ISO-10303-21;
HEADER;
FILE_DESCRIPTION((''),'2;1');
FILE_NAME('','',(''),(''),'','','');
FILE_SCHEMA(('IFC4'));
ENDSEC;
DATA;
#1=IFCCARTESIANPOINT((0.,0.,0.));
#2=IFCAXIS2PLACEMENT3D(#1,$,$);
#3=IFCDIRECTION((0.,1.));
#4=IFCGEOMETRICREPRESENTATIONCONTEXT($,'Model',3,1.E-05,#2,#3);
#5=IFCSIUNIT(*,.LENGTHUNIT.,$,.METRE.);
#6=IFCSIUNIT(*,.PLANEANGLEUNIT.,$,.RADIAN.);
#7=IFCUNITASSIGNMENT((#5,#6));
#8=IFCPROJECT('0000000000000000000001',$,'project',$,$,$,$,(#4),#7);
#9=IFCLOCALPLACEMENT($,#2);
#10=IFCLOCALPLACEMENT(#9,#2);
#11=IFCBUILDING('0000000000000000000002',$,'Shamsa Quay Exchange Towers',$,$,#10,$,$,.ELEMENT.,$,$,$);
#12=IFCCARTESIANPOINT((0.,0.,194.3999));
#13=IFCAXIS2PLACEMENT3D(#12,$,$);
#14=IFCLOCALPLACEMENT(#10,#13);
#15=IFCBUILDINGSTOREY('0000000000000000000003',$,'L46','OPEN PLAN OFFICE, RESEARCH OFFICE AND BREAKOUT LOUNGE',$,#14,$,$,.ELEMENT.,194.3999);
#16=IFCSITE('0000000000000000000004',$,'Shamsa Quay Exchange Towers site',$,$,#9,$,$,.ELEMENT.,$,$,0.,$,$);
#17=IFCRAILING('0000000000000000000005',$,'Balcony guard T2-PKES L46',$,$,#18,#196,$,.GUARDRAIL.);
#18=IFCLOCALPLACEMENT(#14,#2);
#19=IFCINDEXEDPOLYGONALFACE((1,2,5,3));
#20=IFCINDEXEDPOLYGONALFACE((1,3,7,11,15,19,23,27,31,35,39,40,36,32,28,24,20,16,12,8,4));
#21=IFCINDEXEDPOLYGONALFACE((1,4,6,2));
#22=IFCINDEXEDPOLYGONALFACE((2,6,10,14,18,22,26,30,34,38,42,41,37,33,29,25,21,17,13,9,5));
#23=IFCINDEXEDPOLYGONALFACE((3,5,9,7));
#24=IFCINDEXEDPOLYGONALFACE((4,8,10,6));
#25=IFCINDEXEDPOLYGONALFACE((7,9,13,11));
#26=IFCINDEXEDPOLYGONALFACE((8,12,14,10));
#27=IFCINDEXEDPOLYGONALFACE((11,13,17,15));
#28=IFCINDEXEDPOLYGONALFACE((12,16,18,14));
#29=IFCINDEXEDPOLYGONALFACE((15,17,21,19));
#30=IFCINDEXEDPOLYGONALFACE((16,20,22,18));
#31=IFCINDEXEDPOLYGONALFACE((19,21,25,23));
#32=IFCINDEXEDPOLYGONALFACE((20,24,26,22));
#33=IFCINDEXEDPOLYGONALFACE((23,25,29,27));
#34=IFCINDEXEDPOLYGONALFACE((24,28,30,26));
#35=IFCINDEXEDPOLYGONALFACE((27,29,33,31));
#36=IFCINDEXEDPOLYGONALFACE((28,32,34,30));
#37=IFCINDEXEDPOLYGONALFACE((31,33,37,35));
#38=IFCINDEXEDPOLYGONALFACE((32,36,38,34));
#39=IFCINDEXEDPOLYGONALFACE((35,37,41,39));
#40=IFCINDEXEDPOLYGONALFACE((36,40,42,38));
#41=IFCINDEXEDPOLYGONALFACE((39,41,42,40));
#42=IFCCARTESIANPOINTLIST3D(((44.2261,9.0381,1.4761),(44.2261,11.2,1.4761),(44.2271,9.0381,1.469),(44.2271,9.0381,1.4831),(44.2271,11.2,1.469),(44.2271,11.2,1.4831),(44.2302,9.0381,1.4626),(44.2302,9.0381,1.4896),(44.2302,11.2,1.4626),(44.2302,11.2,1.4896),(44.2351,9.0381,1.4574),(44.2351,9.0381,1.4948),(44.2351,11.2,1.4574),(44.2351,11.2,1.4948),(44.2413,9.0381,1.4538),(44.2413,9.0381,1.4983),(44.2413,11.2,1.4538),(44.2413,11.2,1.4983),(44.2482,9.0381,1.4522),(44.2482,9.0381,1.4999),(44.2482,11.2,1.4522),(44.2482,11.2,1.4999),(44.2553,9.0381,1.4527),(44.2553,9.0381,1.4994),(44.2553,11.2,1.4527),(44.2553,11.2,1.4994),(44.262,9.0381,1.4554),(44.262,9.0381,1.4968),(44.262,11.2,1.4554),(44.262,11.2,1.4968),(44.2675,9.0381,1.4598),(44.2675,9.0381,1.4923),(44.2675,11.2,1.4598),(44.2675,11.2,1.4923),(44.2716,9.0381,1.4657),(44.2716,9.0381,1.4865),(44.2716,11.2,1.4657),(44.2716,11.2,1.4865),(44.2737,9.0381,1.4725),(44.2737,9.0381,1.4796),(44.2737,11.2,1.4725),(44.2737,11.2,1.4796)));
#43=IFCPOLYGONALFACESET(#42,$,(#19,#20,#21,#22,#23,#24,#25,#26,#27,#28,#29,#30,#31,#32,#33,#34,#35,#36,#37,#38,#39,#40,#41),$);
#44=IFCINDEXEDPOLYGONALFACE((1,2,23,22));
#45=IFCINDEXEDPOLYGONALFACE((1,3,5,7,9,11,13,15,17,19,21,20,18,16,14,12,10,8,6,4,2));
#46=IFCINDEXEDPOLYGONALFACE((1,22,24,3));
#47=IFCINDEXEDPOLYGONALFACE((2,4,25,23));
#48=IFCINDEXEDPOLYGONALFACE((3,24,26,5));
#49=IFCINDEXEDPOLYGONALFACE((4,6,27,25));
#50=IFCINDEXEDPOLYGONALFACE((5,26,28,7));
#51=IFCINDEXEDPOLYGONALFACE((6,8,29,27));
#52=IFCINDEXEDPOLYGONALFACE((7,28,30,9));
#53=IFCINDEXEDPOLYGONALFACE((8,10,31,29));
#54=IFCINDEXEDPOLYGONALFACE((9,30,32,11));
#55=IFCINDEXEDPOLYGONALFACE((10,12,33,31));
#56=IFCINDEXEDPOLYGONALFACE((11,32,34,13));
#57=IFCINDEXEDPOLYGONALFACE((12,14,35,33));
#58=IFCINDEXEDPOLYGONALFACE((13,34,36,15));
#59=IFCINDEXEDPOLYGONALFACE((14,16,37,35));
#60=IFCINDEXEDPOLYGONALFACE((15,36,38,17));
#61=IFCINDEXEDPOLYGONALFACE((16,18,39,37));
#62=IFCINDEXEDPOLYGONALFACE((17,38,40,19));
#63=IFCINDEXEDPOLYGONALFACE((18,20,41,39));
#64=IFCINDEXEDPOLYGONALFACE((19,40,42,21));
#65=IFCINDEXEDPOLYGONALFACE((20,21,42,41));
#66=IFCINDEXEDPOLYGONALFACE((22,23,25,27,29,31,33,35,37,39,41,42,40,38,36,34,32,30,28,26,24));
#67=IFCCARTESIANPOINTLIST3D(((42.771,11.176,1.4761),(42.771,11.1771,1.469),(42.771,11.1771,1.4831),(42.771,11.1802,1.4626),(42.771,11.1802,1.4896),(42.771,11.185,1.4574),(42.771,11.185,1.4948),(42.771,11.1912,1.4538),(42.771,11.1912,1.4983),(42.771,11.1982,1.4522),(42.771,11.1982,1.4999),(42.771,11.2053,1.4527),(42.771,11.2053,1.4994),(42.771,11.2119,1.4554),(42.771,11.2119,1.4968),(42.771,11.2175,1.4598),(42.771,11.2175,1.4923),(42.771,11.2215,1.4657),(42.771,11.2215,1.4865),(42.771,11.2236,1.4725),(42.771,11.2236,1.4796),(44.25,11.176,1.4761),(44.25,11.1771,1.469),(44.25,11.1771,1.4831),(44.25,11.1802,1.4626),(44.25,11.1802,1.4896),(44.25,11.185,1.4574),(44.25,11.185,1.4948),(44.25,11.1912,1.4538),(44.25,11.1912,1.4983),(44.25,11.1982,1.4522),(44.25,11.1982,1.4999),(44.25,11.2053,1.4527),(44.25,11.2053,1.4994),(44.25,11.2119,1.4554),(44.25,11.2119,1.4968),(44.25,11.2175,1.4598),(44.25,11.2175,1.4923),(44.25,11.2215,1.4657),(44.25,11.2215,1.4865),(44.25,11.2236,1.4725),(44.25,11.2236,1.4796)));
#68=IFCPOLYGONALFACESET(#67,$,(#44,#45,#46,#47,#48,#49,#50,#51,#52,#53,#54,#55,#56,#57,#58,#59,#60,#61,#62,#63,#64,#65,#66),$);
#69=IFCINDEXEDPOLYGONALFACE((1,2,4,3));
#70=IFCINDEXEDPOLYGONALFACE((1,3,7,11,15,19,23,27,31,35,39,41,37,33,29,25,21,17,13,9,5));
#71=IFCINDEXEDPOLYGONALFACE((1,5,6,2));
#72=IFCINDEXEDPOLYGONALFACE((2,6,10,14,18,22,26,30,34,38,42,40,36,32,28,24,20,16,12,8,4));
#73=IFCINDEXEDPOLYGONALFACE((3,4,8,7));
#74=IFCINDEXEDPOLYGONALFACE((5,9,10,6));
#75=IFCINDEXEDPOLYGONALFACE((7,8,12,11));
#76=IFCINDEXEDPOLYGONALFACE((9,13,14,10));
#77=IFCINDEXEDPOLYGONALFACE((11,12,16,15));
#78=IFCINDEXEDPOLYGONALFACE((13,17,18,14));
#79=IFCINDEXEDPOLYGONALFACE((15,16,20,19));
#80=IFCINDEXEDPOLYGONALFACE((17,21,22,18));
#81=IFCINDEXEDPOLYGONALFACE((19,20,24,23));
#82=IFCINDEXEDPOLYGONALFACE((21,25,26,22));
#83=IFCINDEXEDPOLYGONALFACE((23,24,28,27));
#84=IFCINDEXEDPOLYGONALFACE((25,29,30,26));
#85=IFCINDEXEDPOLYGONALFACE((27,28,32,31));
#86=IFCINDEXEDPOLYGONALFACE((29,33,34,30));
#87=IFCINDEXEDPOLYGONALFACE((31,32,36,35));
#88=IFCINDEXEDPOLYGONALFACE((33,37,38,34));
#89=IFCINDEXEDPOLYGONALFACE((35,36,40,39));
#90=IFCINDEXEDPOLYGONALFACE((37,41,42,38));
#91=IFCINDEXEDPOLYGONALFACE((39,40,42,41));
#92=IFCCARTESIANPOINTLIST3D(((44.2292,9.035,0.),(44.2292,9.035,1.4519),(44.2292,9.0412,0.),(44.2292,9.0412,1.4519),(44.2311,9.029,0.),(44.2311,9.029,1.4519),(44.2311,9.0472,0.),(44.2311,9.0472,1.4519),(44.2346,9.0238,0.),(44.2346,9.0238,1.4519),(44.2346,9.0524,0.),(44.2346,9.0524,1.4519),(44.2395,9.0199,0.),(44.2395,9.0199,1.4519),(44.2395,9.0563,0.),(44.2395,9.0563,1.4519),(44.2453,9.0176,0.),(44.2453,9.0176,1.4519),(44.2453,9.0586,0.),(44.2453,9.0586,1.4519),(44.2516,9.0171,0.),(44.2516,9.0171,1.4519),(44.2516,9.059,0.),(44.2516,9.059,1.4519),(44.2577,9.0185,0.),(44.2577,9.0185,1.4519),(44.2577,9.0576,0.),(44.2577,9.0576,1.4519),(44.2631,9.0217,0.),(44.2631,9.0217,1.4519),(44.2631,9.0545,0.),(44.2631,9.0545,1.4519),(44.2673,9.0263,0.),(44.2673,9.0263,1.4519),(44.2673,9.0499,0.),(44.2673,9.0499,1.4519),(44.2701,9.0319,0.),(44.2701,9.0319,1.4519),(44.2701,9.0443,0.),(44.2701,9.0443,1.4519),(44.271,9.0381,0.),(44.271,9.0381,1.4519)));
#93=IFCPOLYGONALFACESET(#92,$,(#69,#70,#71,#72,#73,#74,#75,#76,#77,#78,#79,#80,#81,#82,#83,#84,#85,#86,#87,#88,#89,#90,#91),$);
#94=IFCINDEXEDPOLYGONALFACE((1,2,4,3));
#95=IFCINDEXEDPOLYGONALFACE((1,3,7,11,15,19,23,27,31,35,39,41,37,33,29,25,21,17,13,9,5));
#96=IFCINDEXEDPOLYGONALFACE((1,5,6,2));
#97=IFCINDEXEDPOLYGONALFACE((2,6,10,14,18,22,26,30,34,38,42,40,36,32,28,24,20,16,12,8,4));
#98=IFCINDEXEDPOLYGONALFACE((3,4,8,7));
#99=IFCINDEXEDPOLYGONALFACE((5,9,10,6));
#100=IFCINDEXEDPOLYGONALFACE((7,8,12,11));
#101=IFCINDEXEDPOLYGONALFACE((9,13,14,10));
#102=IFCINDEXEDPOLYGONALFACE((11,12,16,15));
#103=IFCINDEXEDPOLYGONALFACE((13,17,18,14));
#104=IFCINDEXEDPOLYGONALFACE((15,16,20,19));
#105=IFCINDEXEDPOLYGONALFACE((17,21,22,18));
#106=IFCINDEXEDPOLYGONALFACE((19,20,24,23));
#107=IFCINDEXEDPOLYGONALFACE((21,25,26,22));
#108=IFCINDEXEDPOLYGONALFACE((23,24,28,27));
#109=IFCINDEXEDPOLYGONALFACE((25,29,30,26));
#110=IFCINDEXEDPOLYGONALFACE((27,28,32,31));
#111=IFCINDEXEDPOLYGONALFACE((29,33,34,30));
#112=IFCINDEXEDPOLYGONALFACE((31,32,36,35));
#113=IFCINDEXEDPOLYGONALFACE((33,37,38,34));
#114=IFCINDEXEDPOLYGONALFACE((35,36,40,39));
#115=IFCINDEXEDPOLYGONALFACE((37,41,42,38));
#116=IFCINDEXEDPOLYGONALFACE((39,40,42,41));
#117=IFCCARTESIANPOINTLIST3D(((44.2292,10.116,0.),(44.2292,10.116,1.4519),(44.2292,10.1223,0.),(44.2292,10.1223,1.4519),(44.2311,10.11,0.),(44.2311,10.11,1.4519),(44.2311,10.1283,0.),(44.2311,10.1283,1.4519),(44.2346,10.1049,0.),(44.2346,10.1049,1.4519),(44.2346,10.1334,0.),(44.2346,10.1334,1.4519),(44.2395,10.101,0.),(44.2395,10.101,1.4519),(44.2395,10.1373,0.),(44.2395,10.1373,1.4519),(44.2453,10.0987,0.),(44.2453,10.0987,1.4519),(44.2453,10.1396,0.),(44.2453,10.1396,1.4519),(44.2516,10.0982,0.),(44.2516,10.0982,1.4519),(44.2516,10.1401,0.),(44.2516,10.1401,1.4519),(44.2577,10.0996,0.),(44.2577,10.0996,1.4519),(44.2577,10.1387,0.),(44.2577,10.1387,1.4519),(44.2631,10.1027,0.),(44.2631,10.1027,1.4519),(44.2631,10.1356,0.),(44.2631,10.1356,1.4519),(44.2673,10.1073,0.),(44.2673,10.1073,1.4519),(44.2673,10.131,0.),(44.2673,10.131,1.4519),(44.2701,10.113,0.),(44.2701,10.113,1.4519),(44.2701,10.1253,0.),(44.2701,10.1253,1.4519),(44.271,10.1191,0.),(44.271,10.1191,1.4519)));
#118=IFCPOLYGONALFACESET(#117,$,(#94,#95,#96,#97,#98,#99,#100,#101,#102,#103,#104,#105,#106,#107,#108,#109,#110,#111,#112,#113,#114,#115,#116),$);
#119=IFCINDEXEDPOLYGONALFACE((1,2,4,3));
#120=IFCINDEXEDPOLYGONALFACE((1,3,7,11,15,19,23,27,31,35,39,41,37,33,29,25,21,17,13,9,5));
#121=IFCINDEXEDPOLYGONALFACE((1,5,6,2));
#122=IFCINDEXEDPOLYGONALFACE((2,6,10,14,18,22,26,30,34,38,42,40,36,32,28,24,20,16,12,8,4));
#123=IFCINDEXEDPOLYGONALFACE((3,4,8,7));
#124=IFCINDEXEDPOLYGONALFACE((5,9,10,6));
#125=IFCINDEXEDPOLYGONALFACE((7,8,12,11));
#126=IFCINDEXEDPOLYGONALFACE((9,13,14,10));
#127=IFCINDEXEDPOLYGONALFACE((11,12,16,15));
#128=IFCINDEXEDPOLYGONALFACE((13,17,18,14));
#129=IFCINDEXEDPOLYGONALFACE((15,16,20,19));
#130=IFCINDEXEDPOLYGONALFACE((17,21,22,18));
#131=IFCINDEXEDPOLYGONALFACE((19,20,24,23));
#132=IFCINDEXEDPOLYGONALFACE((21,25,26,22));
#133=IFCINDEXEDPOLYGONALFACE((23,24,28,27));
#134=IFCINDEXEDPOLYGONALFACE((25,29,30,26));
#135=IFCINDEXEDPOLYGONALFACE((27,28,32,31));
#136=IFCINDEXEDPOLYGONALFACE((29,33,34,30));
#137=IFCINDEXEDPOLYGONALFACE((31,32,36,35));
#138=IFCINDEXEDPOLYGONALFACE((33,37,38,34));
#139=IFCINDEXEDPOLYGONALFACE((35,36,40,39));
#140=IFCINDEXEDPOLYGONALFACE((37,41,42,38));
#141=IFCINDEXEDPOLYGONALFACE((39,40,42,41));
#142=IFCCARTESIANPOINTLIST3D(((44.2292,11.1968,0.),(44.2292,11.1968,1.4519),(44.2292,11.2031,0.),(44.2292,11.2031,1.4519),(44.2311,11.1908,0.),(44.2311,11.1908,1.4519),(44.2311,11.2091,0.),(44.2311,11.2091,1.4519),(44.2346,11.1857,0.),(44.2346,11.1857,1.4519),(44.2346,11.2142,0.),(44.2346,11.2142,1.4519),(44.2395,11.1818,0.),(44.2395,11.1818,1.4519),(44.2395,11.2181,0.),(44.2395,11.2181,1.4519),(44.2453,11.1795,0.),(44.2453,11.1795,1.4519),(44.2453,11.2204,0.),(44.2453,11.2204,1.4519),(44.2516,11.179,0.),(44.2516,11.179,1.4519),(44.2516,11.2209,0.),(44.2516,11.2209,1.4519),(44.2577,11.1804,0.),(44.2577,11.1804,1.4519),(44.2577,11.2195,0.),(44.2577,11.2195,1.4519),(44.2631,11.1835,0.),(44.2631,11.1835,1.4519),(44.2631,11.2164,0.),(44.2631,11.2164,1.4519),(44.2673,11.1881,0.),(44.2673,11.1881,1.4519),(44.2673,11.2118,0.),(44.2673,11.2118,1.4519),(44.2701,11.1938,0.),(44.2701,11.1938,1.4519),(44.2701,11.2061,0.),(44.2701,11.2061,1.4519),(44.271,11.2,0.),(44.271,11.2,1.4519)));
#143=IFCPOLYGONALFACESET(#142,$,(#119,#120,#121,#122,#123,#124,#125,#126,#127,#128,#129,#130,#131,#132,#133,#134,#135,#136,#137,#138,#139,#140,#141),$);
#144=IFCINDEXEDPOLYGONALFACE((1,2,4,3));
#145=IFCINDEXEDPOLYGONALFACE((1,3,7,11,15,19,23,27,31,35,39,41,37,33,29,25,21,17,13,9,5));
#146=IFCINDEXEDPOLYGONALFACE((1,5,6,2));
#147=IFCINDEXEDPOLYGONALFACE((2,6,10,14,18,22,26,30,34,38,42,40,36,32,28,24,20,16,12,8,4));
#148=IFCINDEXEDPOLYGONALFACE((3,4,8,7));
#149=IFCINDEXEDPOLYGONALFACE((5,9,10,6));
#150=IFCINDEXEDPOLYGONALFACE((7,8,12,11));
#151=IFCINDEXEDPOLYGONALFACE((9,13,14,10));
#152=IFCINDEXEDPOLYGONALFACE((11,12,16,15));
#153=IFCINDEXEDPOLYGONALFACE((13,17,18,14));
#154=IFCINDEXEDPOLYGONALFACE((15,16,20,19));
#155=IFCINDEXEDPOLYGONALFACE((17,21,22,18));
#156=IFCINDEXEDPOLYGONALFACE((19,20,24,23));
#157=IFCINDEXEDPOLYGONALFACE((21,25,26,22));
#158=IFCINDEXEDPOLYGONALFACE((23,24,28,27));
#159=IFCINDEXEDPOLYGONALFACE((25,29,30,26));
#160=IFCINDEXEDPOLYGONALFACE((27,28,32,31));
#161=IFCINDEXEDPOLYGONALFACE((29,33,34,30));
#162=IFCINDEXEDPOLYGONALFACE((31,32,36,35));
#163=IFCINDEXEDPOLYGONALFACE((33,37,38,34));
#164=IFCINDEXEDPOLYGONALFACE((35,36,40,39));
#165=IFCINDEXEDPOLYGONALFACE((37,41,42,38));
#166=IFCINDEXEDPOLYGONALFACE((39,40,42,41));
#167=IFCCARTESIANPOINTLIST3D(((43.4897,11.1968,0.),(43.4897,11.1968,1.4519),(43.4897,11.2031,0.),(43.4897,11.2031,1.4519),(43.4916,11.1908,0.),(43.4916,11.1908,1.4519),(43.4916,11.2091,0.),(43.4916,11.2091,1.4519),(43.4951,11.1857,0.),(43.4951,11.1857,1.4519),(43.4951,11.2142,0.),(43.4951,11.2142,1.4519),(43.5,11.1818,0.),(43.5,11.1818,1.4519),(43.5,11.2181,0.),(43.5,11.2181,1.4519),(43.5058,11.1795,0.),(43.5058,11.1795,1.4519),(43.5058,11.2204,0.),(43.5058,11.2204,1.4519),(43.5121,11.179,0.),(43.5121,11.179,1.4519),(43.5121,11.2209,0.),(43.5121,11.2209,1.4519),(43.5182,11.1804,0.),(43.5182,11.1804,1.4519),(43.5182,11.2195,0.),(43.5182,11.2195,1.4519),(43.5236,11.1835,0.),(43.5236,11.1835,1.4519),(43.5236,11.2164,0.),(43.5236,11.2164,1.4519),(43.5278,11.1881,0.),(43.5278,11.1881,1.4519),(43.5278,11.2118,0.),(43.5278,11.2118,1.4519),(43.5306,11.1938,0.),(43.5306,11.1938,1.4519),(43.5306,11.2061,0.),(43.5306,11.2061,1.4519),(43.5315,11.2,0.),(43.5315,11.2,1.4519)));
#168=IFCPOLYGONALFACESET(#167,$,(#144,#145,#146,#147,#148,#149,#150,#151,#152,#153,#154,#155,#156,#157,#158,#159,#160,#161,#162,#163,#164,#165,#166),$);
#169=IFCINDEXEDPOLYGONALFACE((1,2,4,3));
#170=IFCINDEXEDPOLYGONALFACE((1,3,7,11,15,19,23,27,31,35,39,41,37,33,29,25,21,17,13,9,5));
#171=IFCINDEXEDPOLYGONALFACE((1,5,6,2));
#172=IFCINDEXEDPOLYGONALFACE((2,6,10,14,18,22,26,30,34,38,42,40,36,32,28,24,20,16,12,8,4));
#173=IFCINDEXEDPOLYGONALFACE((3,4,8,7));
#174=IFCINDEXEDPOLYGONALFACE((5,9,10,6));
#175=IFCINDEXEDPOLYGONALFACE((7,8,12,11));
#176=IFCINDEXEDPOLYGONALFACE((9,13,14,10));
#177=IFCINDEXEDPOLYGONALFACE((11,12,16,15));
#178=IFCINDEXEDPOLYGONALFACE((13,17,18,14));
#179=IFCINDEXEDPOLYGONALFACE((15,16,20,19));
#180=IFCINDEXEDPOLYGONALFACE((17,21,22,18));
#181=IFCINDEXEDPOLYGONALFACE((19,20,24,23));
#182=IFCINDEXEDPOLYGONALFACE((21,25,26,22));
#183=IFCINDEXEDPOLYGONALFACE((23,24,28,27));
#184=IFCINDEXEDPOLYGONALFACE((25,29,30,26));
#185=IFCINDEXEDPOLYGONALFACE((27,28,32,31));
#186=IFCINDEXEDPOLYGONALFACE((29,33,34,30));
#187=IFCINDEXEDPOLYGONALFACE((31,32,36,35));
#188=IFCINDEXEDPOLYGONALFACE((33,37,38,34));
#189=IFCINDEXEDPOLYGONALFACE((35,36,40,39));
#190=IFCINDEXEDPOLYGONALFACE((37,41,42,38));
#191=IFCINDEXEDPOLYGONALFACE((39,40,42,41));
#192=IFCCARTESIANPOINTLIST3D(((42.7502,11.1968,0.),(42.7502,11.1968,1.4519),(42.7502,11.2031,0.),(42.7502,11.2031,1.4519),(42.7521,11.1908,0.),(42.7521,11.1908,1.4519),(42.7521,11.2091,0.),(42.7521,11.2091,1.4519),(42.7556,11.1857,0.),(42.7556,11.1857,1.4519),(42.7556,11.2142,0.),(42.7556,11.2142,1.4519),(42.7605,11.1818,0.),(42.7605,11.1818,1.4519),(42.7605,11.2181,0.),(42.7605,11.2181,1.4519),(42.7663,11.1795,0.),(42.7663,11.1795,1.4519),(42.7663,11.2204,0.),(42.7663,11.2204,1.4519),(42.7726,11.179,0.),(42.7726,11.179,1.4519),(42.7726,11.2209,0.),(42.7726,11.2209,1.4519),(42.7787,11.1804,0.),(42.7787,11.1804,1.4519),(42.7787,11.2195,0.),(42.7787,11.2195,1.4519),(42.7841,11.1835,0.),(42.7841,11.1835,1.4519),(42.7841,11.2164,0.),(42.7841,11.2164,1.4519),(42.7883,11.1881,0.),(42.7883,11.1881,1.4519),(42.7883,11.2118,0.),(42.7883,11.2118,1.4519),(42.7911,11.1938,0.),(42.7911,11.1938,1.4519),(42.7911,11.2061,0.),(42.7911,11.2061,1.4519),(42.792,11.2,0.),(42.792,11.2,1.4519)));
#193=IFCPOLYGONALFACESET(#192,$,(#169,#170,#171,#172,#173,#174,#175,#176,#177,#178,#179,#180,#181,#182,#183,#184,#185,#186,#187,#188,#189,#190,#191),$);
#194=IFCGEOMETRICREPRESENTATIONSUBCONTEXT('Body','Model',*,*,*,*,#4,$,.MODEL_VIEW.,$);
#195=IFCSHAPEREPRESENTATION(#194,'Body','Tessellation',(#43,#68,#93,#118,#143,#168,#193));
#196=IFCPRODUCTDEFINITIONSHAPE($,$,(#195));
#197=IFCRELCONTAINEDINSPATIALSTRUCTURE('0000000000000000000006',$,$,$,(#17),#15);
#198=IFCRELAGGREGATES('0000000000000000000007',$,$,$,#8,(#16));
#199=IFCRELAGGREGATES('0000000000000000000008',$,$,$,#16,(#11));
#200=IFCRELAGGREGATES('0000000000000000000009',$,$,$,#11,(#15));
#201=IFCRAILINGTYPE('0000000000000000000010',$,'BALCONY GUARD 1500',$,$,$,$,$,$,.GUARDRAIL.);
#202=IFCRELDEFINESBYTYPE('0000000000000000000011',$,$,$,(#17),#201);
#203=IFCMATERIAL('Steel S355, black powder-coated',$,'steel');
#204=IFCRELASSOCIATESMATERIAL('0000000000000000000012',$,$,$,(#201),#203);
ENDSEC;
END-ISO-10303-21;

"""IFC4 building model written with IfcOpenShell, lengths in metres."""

from ifc_helpers import new_model, si_unit, direction, frame, origin, origin_2d, place, context, subcontext, project, spatial, circle, extrude, material, type_object, element, save


model = new_model("IFC4")

# Units and contexts
model_context = context("Model", 3, precision=1e-05, world=origin(), true_north=direction((0.0, 1.0)))
body_context = subcontext(model_context, "Body", "Model", "MODEL_VIEW")
ifc_project = project(units=[si_unit("LENGTHUNIT", "METRE"), si_unit("PLANEANGLEUNIT", "RADIAN")], contexts=[model_context])

# Site, building, storey
site_placement = place(None, origin())
site = spatial("IfcSite", under=ifc_project, at=site_placement, Name="Shamsa Quay Exchange Towers site", CompositionType="ELEMENT", RefElevation=0.0)
building_placement = place(site_placement, origin())
building = spatial("IfcBuilding", under=site, at=building_placement, Name="Shamsa Quay Exchange Towers", CompositionType="ELEMENT")
storey_placement = place(building_placement, frame((0.0, 0.0, 194.3999)))
storey = spatial("IfcBuildingStorey", under=building, at=storey_placement, Name="L46", Description="OPEN PLAN OFFICE, RESEARCH OFFICE AND BREAKOUT LOUNGE", CompositionType="ELEMENT", Elevation=194.3999)

# Railing
ifc_material_1 = material(Name="Steel S355, black powder-coated", Category="steel")
railing_type_1 = type_object("IfcRailingType", Name="BALCONY GUARD 1500", PredefinedType="GUARDRAIL", material=ifc_material_1)
for number, where, name in (
    (1, (44.25, 9.0381, 0.0), "Balcony guard T2-PKES L46"),
):
    element("IfcRailing", number, at=place(storey_placement, frame(where)), inside=storey, type_object=railing_type_1, Name=name, PredefinedType="GUARDRAIL", context=body_context, shape_type="SweptSolid", body=[
        extrude(circle(Radius=0.0239, at=origin_2d()), frame((0.0, 0.0, 1.4761), z_axis=(0.0, 1.0, 0.0), x_axis=(-1.0, 0.0, 0.0)), (0.0, 0.0, 1.0), 2.1619),
        extrude(circle(Radius=0.0239, at=origin_2d()), frame((0.0, 2.1619, 1.4761), z_axis=(-1.0, 0.0, 0.0), x_axis=(0.0, -1.0, 0.0)), (0.0, 0.0, 1.0), 1.479),
        extrude(circle(Radius=0.021, at=origin_2d()), origin(), (0.0, 0.0, 1.0), 1.4519),
        extrude(circle(Radius=0.021, at=origin_2d()), frame((0.0, 1.0811, 0.0)), (0.0, 0.0, 1.0), 1.4519),
        extrude(circle(Radius=0.021, at=origin_2d()), frame((0.0, 2.1619, 0.0)), (0.0, 0.0, 1.0), 1.4519),
        extrude(circle(Radius=0.021, at=origin_2d()), frame((-0.7395, 2.1619, 0.0)), (0.0, 0.0, 1.0), 1.4519),
        extrude(circle(Radius=0.021, at=origin_2d()), frame((-1.479, 2.1619, 0.0)), (0.0, 0.0, 1.0), 1.4519),
    ])

save(model, "model.ifc")
